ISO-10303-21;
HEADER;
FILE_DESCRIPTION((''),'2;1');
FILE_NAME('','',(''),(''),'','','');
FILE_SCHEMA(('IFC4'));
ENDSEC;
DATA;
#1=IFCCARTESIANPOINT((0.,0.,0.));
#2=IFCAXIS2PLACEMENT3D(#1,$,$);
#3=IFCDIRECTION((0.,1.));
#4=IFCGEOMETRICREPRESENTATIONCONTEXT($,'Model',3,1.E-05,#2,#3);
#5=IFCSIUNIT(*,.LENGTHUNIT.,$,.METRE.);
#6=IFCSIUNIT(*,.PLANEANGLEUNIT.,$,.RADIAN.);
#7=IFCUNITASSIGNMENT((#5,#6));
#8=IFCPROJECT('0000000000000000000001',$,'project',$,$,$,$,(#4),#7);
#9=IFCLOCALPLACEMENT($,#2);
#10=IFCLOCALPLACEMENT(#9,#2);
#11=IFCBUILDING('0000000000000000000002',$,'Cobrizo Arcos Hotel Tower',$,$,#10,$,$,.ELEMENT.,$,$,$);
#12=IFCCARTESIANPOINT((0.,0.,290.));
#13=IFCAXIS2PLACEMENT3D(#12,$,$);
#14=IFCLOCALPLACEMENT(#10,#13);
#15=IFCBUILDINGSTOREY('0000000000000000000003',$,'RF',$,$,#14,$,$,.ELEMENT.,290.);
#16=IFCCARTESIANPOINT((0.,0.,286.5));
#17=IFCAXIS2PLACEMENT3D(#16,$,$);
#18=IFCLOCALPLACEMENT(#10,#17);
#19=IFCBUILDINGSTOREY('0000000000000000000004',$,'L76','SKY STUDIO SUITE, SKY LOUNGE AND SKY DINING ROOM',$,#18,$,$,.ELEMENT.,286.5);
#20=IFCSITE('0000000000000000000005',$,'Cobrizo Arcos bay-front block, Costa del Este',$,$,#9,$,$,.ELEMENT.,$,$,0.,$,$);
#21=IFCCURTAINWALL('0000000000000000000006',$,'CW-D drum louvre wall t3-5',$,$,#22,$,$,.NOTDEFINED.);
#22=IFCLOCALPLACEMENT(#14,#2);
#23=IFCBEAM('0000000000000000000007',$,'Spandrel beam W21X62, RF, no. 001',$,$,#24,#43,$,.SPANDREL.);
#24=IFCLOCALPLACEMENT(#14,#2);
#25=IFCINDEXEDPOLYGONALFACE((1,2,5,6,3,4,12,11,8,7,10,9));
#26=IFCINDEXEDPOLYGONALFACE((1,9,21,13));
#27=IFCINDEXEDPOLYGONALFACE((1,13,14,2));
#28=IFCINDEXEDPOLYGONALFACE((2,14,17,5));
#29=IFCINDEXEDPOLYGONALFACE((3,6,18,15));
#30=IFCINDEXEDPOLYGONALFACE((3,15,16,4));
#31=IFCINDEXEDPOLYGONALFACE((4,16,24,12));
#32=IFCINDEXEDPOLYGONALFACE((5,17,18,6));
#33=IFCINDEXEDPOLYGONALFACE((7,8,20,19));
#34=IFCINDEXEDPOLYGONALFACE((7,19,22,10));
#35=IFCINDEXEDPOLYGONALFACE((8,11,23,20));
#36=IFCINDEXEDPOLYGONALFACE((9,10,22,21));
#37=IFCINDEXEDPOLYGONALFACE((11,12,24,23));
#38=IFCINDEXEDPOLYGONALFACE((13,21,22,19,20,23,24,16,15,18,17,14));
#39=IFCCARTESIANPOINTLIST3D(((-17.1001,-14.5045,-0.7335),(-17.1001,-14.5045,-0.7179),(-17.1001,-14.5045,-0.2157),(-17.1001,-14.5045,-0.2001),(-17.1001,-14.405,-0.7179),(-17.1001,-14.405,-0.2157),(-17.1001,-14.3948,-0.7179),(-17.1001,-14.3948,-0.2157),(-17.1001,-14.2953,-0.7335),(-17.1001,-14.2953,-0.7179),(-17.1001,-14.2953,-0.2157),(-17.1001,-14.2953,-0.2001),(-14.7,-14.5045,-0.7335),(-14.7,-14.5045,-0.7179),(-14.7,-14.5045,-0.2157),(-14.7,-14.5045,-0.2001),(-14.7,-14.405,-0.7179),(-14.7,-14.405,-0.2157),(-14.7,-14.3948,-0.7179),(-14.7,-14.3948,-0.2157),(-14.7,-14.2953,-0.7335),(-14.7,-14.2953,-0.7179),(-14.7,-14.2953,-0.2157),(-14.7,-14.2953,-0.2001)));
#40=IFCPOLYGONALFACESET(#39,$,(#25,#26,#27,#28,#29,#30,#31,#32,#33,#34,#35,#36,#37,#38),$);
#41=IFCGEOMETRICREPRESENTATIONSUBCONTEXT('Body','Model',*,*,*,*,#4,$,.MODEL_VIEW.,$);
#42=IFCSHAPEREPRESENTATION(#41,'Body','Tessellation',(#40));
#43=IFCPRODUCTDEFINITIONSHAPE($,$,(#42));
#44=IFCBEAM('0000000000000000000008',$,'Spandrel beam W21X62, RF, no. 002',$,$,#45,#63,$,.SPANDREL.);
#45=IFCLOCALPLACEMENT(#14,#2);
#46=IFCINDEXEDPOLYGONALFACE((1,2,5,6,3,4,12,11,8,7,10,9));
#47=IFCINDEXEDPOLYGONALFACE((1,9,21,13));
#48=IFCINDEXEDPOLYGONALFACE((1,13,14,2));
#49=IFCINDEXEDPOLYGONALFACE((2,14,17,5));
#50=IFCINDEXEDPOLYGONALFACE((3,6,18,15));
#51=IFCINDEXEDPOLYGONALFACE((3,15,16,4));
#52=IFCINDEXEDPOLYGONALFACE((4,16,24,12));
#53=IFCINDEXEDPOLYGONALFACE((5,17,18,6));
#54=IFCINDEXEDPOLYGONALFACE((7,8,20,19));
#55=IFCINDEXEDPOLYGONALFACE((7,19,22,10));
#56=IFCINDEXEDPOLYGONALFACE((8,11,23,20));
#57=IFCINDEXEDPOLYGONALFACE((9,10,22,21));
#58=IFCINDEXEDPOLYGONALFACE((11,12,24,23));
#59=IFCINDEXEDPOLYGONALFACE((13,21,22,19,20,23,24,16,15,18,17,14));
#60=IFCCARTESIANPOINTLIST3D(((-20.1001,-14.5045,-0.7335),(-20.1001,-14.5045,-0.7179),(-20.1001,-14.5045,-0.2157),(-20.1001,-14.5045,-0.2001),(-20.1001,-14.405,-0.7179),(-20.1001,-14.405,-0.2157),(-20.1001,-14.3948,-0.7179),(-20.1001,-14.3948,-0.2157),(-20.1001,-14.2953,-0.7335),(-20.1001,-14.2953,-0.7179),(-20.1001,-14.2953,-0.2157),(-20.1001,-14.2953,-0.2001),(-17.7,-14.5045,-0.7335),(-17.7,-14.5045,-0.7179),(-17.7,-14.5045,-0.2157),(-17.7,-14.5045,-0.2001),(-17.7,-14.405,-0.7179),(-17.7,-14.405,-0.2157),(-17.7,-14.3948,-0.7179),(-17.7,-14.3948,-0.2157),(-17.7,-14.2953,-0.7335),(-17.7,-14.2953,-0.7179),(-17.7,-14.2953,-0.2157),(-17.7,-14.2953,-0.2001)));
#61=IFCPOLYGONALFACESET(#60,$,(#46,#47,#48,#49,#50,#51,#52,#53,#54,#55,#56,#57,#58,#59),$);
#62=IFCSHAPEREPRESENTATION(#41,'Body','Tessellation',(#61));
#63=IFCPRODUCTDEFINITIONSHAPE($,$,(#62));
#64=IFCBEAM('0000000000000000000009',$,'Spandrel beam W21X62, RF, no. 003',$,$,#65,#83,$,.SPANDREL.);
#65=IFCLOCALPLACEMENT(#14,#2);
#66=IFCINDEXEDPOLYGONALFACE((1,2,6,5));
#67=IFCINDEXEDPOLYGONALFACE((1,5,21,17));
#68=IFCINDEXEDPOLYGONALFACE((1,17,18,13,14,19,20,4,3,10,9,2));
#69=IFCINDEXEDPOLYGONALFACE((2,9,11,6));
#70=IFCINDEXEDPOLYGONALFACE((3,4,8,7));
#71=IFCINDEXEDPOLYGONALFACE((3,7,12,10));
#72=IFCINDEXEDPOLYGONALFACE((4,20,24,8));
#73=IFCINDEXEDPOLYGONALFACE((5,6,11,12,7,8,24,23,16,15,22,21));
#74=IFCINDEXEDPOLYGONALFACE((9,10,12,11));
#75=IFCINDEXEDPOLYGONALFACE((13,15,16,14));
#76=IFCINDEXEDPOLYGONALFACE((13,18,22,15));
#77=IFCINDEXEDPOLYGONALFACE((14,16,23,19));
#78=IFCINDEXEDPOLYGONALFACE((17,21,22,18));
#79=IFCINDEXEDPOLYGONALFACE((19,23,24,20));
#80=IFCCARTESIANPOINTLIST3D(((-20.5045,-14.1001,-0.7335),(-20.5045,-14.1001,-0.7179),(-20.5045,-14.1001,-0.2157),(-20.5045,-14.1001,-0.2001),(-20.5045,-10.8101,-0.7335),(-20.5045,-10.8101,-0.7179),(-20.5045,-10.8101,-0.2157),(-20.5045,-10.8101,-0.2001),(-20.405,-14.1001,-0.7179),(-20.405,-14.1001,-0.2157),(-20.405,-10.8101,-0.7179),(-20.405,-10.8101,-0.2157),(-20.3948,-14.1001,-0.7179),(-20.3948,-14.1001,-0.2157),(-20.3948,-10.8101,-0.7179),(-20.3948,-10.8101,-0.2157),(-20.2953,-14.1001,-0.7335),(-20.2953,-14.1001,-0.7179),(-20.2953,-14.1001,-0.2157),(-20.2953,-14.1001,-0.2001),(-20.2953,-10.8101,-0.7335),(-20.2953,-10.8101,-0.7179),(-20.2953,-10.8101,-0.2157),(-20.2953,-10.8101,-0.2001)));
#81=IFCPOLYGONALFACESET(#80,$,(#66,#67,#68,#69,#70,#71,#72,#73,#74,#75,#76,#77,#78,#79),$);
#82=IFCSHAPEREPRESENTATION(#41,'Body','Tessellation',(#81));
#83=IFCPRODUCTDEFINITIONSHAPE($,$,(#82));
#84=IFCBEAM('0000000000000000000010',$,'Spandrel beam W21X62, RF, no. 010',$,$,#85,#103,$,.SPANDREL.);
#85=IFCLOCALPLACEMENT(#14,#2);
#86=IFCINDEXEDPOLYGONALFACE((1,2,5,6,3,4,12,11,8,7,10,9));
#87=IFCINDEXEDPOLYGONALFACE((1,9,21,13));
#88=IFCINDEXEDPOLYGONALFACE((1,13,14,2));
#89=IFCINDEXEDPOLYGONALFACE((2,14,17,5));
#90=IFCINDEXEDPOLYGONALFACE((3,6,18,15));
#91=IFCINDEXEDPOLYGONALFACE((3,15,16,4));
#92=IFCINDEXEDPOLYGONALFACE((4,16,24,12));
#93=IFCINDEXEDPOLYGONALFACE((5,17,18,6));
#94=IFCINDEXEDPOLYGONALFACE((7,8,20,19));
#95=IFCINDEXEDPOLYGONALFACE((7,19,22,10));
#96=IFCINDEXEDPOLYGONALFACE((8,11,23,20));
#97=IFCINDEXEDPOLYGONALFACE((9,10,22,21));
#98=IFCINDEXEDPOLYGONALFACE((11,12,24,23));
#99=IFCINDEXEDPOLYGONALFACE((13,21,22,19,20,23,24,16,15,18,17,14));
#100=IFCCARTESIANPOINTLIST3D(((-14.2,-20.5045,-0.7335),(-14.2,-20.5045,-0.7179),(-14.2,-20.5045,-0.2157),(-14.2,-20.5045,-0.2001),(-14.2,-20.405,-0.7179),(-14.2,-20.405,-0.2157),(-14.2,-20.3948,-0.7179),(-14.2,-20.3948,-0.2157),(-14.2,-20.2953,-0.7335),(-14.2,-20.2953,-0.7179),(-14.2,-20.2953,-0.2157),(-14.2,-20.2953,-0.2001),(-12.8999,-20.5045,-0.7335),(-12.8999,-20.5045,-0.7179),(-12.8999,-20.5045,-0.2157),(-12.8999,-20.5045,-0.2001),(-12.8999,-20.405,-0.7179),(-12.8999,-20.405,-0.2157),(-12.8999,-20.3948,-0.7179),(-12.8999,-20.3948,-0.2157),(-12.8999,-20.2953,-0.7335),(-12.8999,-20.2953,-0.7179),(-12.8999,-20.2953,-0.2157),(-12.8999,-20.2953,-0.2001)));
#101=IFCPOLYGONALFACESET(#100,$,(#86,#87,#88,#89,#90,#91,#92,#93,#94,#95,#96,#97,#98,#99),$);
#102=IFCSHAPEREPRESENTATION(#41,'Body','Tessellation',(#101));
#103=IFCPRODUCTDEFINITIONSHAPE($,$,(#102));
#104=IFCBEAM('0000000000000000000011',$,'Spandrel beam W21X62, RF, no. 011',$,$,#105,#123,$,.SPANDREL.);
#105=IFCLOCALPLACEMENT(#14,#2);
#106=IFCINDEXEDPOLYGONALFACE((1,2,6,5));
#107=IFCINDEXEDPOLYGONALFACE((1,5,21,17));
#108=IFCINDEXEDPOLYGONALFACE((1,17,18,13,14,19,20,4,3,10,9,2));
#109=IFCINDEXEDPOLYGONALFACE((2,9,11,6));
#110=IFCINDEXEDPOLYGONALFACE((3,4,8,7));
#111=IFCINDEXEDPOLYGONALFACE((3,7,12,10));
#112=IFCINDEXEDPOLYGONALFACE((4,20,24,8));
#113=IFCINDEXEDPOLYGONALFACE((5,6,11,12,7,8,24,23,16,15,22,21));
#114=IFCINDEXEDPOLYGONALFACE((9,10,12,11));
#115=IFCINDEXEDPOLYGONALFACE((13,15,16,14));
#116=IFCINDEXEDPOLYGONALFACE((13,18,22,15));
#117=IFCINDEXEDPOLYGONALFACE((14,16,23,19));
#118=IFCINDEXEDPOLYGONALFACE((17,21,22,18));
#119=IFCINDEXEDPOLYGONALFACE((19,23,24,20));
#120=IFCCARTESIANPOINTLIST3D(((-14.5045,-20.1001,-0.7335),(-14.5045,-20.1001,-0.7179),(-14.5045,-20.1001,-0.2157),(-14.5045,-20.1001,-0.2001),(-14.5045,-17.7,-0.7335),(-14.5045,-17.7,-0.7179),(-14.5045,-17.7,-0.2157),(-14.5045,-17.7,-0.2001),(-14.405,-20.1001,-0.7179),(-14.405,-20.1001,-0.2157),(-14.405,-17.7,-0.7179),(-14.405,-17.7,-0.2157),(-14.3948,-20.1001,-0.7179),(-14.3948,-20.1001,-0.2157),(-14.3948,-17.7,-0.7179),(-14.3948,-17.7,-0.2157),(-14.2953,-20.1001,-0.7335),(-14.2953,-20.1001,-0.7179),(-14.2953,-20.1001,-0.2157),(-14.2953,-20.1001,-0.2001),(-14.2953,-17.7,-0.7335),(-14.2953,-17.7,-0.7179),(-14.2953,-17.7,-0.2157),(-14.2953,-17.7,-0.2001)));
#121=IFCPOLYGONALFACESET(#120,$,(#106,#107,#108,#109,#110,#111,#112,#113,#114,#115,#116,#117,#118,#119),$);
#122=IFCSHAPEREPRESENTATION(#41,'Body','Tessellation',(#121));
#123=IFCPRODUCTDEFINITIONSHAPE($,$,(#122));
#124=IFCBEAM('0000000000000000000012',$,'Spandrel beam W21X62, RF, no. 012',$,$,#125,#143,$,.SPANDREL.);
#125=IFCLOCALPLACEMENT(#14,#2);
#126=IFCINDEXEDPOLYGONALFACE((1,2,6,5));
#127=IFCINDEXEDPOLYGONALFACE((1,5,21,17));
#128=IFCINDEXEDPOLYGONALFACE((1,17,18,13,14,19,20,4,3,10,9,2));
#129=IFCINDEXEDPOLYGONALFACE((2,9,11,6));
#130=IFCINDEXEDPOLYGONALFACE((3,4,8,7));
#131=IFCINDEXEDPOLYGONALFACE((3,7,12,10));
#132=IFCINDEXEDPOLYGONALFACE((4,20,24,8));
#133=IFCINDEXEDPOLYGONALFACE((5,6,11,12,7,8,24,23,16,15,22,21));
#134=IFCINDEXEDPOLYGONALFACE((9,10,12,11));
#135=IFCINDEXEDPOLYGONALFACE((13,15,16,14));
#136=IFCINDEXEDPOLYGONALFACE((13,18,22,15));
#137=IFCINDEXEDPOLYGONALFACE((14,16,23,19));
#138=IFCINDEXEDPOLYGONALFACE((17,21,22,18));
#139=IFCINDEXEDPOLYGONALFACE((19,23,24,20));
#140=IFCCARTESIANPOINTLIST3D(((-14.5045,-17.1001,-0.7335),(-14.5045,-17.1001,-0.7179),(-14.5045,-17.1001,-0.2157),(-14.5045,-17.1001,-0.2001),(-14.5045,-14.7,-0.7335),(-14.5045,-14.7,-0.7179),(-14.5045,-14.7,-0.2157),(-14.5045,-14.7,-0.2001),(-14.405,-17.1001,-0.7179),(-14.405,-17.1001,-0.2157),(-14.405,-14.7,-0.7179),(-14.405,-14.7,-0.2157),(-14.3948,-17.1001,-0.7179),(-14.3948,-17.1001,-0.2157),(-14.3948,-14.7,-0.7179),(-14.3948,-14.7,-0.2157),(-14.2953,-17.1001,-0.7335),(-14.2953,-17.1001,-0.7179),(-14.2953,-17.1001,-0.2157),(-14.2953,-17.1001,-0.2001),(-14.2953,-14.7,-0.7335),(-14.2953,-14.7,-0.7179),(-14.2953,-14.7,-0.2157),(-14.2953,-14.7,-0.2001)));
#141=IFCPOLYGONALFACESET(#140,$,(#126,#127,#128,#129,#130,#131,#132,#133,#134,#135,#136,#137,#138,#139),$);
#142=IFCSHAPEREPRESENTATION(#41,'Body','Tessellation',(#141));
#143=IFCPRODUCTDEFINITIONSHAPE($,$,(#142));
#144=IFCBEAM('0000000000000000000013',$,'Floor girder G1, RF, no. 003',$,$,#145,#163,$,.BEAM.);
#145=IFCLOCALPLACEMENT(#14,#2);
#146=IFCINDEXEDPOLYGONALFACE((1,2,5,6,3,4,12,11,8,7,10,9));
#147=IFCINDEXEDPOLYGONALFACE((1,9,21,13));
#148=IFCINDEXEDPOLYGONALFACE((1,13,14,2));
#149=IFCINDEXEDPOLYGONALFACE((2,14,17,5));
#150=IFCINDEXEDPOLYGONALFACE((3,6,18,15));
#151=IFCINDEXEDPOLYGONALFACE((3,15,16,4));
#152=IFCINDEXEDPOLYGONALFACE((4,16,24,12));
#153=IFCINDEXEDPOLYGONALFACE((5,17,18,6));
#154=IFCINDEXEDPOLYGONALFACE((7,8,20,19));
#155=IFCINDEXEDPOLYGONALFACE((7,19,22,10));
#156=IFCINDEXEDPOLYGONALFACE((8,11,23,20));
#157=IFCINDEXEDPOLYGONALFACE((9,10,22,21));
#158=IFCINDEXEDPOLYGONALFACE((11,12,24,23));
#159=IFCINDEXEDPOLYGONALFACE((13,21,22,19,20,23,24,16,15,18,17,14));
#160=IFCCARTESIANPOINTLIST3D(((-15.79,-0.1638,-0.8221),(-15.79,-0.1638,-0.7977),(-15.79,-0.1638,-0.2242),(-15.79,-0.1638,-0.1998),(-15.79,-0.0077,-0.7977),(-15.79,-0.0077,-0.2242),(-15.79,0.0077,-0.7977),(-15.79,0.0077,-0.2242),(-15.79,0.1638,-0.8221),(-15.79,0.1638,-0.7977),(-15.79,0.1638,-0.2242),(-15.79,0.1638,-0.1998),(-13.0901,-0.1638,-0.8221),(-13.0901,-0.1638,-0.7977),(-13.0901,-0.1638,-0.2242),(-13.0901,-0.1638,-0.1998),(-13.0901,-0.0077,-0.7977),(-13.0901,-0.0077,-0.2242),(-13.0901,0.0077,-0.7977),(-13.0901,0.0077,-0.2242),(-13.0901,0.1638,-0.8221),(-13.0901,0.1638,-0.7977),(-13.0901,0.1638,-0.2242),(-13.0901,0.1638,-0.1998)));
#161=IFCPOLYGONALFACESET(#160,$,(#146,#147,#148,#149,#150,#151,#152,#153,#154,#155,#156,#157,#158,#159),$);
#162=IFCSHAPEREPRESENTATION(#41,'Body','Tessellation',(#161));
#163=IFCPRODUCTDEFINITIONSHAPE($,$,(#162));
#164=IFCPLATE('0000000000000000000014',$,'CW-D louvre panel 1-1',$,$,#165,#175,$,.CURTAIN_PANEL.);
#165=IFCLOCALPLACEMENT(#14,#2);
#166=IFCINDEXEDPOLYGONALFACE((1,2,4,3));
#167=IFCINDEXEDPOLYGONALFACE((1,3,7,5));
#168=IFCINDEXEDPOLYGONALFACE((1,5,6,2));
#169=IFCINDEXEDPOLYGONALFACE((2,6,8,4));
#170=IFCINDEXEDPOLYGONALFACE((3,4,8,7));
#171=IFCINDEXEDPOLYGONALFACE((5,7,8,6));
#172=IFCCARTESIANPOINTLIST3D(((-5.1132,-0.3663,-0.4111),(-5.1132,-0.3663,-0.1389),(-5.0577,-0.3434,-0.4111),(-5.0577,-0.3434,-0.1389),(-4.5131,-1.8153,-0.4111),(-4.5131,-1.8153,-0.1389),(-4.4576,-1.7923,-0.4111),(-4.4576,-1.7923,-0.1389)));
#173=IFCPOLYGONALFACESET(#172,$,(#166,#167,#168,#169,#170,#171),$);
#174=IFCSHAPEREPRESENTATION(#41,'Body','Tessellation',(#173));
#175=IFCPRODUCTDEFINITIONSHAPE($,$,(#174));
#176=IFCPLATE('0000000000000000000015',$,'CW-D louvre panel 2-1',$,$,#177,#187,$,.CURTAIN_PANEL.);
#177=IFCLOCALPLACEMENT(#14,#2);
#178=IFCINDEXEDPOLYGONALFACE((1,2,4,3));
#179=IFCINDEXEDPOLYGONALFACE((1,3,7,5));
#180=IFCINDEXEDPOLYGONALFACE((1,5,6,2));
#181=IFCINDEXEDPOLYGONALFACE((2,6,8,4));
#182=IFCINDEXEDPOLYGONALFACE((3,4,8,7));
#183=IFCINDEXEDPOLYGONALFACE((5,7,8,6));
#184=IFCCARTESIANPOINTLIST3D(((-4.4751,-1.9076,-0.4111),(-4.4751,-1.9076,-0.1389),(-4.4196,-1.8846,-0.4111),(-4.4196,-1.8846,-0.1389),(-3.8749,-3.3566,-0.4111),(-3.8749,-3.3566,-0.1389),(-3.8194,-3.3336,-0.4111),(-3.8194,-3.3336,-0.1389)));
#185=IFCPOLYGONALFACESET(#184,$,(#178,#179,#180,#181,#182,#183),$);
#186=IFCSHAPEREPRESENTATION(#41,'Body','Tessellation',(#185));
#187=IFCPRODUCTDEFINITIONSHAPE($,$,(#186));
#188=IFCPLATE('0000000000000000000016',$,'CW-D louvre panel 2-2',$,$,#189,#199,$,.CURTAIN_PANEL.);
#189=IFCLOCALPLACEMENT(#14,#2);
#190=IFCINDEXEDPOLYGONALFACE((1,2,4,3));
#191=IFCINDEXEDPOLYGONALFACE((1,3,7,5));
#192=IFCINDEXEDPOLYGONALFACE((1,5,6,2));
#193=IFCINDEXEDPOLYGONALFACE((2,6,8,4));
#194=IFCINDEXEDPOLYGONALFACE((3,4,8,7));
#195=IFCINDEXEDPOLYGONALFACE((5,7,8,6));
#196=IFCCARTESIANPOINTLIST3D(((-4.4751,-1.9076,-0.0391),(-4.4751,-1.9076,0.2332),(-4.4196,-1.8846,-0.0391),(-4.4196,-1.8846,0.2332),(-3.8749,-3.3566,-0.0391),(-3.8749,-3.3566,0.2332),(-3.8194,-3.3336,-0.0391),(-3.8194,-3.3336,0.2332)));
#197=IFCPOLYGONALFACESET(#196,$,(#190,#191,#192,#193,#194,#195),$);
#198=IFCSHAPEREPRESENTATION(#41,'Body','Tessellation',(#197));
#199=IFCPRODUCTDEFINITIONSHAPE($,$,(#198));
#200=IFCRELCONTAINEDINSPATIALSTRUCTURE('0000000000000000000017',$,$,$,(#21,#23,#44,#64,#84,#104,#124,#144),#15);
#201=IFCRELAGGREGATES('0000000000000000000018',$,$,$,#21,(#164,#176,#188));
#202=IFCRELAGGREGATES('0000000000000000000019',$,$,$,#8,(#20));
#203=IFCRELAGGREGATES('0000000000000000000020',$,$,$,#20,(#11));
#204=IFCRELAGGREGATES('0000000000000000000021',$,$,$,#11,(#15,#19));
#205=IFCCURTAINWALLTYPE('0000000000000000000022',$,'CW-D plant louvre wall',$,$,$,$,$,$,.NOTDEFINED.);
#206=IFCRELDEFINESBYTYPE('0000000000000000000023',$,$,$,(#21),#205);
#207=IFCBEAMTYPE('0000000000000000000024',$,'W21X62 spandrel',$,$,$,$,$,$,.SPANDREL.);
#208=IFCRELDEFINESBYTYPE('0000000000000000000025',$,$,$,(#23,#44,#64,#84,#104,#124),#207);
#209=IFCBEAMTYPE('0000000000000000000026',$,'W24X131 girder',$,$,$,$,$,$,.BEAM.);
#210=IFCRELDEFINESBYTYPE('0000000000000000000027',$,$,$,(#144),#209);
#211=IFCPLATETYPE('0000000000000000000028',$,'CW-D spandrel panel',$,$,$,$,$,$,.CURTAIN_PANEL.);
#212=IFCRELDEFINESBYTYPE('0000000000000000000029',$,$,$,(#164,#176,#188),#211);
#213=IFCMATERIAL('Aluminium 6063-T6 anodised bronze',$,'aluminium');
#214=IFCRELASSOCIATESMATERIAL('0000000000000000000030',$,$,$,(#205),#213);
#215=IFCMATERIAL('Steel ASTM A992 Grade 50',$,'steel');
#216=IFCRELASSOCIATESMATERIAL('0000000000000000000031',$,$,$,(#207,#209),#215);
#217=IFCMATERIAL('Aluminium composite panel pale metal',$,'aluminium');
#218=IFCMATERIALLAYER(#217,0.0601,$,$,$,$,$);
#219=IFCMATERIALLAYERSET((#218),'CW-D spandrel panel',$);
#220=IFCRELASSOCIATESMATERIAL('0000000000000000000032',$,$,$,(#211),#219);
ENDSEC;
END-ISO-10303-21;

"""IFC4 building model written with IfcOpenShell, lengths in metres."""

from ifc_helpers import new_model, si_unit, direction, frame, origin, origin_2d, place, context, subcontext, project, spatial, rectangle, i_section, extrude, material, layer, layer_set, material_profile, profile_set, type_object, element, aggregate, save


model = new_model("IFC4")

# Units and contexts
model_context = context("Model", 3, precision=1e-05, world=origin(), true_north=direction((0.0, 1.0)))
body_context = subcontext(model_context, "Body", "Model", "MODEL_VIEW")
ifc_project = project(units=[si_unit("LENGTHUNIT", "METRE"), si_unit("PLANEANGLEUNIT", "RADIAN")], contexts=[model_context])

# Site, building, storey
site_placement = place(None, origin())
site = spatial("IfcSite", under=ifc_project, at=site_placement, Name="Cobrizo Arcos bay-front block, Costa del Este", CompositionType="ELEMENT", RefElevation=0.0)
building_placement = place(site_placement, origin())
building = spatial("IfcBuilding", under=site, at=building_placement, Name="Cobrizo Arcos Hotel Tower", CompositionType="ELEMENT")
storey_1_placement = place(building_placement, frame((0.0, 0.0, 290.0)))
storey_1 = spatial("IfcBuildingStorey", under=building, at=storey_1_placement, Name="RF", CompositionType="ELEMENT", Elevation=290.0)

# Curtain wall
ifc_material_1 = material(Name="Aluminium 6063-T6 anodised bronze", Category="aluminium")
curtain_wall_type = type_object("IfcCurtainWallType", Name="CW-D plant louvre wall", PredefinedType="NOTDEFINED", material=ifc_material_1)
curtain_wall_1_placement = place(storey_1_placement, origin())
curtain_wall_1 = element("IfcCurtainWall", 1, at=curtain_wall_1_placement, inside=storey_1, type_object=curtain_wall_type, Name="CW-D drum louvre wall t3-5", PredefinedType="NOTDEFINED")

# Beams
ifc_material_2 = material(Name="Steel ASTM A992 Grade 50", Category="steel")
ifc_material_profile_1 = material_profile(ifc_material_2, i_section(OverallWidth=0.2092, OverallDepth=0.5334, WebThickness=0.0103, FlangeThickness=0.0156, at=origin_2d()), Name="W21X62")
ifc_profile_set_1 = profile_set([ifc_material_profile_1], Name="Steel ASTM A992 Grade 50")
beam_type_1 = type_object("IfcBeamType", Name="W21X62 spandrel", PredefinedType="SPANDREL", material=ifc_profile_set_1)
for number, where, z_axis, x_axis, name in (
    (2, (-14.7, -14.3999, -0.4668), (-1.0, 0.0, 0.0), (0.0, -1.0, 0.0), "Spandrel beam W21X62, RF, no. 001"),
    (3, (-17.7, -14.3999, -0.4668), (-1.0, 0.0, 0.0), (0.0, -1.0, 0.0), "Spandrel beam W21X62, RF, no. 002"),
):
    element("IfcBeam", number, at=place(storey_1_placement, frame(where, z_axis=z_axis, x_axis=x_axis)), inside=storey_1, type_object=beam_type_1, Name=name, PredefinedType="SPANDREL", context=body_context, shape_type="SweptSolid", body=[
        extrude(i_section(OverallWidth=0.2092, OverallDepth=0.5334, WebThickness=0.0103, FlangeThickness=0.0156, at=origin_2d()), origin(), (0.0, 0.0, 1.0), 2.4001),
    ])
beam_1_placement = place(storey_1_placement, frame((-20.3999, -14.1001, -0.4668), z_axis=(0.0, 1.0, 0.0), x_axis=(-1.0, 0.0, 0.0)))
element("IfcBeam", 4, at=beam_1_placement, inside=storey_1, type_object=beam_type_1, Name="Spandrel beam W21X62, RF, no. 003", PredefinedType="SPANDREL", context=body_context, shape_type="SweptSolid", body=[
    extrude(i_section(OverallWidth=0.2092, OverallDepth=0.5334, WebThickness=0.0103, FlangeThickness=0.0156, at=origin_2d()), origin(), (0.0, 0.0, 1.0), 3.29),
])
beam_2_placement = place(storey_1_placement, frame((-12.8999, -20.3999, -0.4668), z_axis=(-1.0, 0.0, 0.0), x_axis=(0.0, -1.0, 0.0)))
element("IfcBeam", 5, at=beam_2_placement, inside=storey_1, type_object=beam_type_1, Name="Spandrel beam W21X62, RF, no. 010", PredefinedType="SPANDREL", context=body_context, shape_type="SweptSolid", body=[
    extrude(i_section(OverallWidth=0.2092, OverallDepth=0.5334, WebThickness=0.0103, FlangeThickness=0.0156, at=origin_2d()), origin(), (0.0, 0.0, 1.0), 1.3),
])
for number, where, z_axis, x_axis, name in (
    (6, (-14.3999, -20.1001, -0.4668), (0.0, 1.0, 0.0), (-1.0, 0.0, 0.0), "Spandrel beam W21X62, RF, no. 011"),
    (7, (-14.3999, -17.1001, -0.4668), (0.0, 1.0, 0.0), (-1.0, 0.0, 0.0), "Spandrel beam W21X62, RF, no. 012"),
):
    element("IfcBeam", number, at=place(storey_1_placement, frame(where, z_axis=z_axis, x_axis=x_axis)), inside=storey_1, type_object=beam_type_1, Name=name, PredefinedType="SPANDREL", context=body_context, shape_type="SweptSolid", body=[
        extrude(i_section(OverallWidth=0.2092, OverallDepth=0.5334, WebThickness=0.0103, FlangeThickness=0.0156, at=origin_2d()), origin(), (0.0, 0.0, 1.0), 2.4001),
    ])
ifc_material_profile_2 = material_profile(ifc_material_2, i_section(OverallWidth=0.3276, OverallDepth=0.6223, WebThickness=0.0154, FlangeThickness=0.0244, at=origin_2d()), Name="W24X131")
ifc_profile_set_2 = profile_set([ifc_material_profile_2], Name="Steel ASTM A992 Grade 50")
beam_type_2 = type_object("IfcBeamType", Name="W24X131 girder", PredefinedType="BEAM", material=ifc_profile_set_2)
beam_3_placement = place(storey_1_placement, frame((-15.79, 0.0, -0.511), z_axis=(1.0, 0.0, 0.0), x_axis=(0.0, 1.0, 0.0)))
element("IfcBeam", 8, at=beam_3_placement, inside=storey_1, type_object=beam_type_2, Name="Floor girder G1, RF, no. 003", PredefinedType="BEAM", context=body_context, shape_type="SweptSolid", body=[
    extrude(i_section(OverallWidth=0.3276, OverallDepth=0.6223, WebThickness=0.0154, FlangeThickness=0.0244, at=origin_2d()), origin(), (0.0, 0.0, 1.0), 2.7),
])

# Plates
ifc_material_3 = material(Name="Aluminium composite panel pale metal", Category="aluminium")
ifc_layer_1 = layer(ifc_material_3, 0.0601)
ifc_layer_set_1 = layer_set([ifc_layer_1], Name="CW-D spandrel panel")
plate_type = type_object("IfcPlateType", Name="CW-D spandrel panel", PredefinedType="CURTAIN_PANEL", material=ifc_layer_set_1)
plate_1_placement = place(storey_1_placement, frame((-4.7854, -1.0793, -0.4111), z_axis=(0.0, 0.0, 1.0), x_axis=(0.382683, -0.92388, 0.0)))
plate_1 = element("IfcPlate", 9, at=plate_1_placement, type_object=plate_type, Name="CW-D louvre panel 1-1", PredefinedType="CURTAIN_PANEL", context=body_context, shape_type="SweptSolid", body=[
    extrude(rectangle(XDim=1.5684, YDim=0.0601, at=origin_2d()), origin(), (0.0, 0.0, 1.0), 0.2722),
])
plate_2_placement = place(storey_1_placement, frame((-4.1472, -2.6206, -0.4111), z_axis=(0.0, 0.0, 1.0), x_axis=(0.382683, -0.92388, 0.0)))
plate_2 = element("IfcPlate", 10, at=plate_2_placement, type_object=plate_type, Name="CW-D louvre panel 2-1", PredefinedType="CURTAIN_PANEL", context=body_context, shape_type="SweptSolid", body=[
    extrude(rectangle(XDim=1.5684, YDim=0.0601, at=origin_2d()), origin(), (0.0, 0.0, 1.0), 0.2722),
])
plate_3_placement = place(storey_1_placement, frame((-4.1472, -2.6206, -0.0391), z_axis=(0.0, 0.0, 1.0), x_axis=(0.382683, -0.92388, 0.0)))
plate_3 = element("IfcPlate", 11, at=plate_3_placement, type_object=plate_type, Name="CW-D louvre panel 2-2", PredefinedType="CURTAIN_PANEL", context=body_context, shape_type="SweptSolid", body=[
    extrude(rectangle(XDim=1.5684, YDim=0.0601, at=origin_2d()), origin(), (0.0, 0.0, 1.0), 0.2722),
])
aggregate(curtain_wall_1, [plate_1, plate_2, plate_3])

# Shared definitions
storey_2_placement = place(building_placement, frame((0.0, 0.0, 286.5)))
storey_2 = spatial("IfcBuildingStorey", under=building, at=storey_2_placement, Name="L76", Description="SKY STUDIO SUITE, SKY LOUNGE AND SKY DINING ROOM", CompositionType="ELEMENT", Elevation=286.5)

save(model, "model.ifc")
